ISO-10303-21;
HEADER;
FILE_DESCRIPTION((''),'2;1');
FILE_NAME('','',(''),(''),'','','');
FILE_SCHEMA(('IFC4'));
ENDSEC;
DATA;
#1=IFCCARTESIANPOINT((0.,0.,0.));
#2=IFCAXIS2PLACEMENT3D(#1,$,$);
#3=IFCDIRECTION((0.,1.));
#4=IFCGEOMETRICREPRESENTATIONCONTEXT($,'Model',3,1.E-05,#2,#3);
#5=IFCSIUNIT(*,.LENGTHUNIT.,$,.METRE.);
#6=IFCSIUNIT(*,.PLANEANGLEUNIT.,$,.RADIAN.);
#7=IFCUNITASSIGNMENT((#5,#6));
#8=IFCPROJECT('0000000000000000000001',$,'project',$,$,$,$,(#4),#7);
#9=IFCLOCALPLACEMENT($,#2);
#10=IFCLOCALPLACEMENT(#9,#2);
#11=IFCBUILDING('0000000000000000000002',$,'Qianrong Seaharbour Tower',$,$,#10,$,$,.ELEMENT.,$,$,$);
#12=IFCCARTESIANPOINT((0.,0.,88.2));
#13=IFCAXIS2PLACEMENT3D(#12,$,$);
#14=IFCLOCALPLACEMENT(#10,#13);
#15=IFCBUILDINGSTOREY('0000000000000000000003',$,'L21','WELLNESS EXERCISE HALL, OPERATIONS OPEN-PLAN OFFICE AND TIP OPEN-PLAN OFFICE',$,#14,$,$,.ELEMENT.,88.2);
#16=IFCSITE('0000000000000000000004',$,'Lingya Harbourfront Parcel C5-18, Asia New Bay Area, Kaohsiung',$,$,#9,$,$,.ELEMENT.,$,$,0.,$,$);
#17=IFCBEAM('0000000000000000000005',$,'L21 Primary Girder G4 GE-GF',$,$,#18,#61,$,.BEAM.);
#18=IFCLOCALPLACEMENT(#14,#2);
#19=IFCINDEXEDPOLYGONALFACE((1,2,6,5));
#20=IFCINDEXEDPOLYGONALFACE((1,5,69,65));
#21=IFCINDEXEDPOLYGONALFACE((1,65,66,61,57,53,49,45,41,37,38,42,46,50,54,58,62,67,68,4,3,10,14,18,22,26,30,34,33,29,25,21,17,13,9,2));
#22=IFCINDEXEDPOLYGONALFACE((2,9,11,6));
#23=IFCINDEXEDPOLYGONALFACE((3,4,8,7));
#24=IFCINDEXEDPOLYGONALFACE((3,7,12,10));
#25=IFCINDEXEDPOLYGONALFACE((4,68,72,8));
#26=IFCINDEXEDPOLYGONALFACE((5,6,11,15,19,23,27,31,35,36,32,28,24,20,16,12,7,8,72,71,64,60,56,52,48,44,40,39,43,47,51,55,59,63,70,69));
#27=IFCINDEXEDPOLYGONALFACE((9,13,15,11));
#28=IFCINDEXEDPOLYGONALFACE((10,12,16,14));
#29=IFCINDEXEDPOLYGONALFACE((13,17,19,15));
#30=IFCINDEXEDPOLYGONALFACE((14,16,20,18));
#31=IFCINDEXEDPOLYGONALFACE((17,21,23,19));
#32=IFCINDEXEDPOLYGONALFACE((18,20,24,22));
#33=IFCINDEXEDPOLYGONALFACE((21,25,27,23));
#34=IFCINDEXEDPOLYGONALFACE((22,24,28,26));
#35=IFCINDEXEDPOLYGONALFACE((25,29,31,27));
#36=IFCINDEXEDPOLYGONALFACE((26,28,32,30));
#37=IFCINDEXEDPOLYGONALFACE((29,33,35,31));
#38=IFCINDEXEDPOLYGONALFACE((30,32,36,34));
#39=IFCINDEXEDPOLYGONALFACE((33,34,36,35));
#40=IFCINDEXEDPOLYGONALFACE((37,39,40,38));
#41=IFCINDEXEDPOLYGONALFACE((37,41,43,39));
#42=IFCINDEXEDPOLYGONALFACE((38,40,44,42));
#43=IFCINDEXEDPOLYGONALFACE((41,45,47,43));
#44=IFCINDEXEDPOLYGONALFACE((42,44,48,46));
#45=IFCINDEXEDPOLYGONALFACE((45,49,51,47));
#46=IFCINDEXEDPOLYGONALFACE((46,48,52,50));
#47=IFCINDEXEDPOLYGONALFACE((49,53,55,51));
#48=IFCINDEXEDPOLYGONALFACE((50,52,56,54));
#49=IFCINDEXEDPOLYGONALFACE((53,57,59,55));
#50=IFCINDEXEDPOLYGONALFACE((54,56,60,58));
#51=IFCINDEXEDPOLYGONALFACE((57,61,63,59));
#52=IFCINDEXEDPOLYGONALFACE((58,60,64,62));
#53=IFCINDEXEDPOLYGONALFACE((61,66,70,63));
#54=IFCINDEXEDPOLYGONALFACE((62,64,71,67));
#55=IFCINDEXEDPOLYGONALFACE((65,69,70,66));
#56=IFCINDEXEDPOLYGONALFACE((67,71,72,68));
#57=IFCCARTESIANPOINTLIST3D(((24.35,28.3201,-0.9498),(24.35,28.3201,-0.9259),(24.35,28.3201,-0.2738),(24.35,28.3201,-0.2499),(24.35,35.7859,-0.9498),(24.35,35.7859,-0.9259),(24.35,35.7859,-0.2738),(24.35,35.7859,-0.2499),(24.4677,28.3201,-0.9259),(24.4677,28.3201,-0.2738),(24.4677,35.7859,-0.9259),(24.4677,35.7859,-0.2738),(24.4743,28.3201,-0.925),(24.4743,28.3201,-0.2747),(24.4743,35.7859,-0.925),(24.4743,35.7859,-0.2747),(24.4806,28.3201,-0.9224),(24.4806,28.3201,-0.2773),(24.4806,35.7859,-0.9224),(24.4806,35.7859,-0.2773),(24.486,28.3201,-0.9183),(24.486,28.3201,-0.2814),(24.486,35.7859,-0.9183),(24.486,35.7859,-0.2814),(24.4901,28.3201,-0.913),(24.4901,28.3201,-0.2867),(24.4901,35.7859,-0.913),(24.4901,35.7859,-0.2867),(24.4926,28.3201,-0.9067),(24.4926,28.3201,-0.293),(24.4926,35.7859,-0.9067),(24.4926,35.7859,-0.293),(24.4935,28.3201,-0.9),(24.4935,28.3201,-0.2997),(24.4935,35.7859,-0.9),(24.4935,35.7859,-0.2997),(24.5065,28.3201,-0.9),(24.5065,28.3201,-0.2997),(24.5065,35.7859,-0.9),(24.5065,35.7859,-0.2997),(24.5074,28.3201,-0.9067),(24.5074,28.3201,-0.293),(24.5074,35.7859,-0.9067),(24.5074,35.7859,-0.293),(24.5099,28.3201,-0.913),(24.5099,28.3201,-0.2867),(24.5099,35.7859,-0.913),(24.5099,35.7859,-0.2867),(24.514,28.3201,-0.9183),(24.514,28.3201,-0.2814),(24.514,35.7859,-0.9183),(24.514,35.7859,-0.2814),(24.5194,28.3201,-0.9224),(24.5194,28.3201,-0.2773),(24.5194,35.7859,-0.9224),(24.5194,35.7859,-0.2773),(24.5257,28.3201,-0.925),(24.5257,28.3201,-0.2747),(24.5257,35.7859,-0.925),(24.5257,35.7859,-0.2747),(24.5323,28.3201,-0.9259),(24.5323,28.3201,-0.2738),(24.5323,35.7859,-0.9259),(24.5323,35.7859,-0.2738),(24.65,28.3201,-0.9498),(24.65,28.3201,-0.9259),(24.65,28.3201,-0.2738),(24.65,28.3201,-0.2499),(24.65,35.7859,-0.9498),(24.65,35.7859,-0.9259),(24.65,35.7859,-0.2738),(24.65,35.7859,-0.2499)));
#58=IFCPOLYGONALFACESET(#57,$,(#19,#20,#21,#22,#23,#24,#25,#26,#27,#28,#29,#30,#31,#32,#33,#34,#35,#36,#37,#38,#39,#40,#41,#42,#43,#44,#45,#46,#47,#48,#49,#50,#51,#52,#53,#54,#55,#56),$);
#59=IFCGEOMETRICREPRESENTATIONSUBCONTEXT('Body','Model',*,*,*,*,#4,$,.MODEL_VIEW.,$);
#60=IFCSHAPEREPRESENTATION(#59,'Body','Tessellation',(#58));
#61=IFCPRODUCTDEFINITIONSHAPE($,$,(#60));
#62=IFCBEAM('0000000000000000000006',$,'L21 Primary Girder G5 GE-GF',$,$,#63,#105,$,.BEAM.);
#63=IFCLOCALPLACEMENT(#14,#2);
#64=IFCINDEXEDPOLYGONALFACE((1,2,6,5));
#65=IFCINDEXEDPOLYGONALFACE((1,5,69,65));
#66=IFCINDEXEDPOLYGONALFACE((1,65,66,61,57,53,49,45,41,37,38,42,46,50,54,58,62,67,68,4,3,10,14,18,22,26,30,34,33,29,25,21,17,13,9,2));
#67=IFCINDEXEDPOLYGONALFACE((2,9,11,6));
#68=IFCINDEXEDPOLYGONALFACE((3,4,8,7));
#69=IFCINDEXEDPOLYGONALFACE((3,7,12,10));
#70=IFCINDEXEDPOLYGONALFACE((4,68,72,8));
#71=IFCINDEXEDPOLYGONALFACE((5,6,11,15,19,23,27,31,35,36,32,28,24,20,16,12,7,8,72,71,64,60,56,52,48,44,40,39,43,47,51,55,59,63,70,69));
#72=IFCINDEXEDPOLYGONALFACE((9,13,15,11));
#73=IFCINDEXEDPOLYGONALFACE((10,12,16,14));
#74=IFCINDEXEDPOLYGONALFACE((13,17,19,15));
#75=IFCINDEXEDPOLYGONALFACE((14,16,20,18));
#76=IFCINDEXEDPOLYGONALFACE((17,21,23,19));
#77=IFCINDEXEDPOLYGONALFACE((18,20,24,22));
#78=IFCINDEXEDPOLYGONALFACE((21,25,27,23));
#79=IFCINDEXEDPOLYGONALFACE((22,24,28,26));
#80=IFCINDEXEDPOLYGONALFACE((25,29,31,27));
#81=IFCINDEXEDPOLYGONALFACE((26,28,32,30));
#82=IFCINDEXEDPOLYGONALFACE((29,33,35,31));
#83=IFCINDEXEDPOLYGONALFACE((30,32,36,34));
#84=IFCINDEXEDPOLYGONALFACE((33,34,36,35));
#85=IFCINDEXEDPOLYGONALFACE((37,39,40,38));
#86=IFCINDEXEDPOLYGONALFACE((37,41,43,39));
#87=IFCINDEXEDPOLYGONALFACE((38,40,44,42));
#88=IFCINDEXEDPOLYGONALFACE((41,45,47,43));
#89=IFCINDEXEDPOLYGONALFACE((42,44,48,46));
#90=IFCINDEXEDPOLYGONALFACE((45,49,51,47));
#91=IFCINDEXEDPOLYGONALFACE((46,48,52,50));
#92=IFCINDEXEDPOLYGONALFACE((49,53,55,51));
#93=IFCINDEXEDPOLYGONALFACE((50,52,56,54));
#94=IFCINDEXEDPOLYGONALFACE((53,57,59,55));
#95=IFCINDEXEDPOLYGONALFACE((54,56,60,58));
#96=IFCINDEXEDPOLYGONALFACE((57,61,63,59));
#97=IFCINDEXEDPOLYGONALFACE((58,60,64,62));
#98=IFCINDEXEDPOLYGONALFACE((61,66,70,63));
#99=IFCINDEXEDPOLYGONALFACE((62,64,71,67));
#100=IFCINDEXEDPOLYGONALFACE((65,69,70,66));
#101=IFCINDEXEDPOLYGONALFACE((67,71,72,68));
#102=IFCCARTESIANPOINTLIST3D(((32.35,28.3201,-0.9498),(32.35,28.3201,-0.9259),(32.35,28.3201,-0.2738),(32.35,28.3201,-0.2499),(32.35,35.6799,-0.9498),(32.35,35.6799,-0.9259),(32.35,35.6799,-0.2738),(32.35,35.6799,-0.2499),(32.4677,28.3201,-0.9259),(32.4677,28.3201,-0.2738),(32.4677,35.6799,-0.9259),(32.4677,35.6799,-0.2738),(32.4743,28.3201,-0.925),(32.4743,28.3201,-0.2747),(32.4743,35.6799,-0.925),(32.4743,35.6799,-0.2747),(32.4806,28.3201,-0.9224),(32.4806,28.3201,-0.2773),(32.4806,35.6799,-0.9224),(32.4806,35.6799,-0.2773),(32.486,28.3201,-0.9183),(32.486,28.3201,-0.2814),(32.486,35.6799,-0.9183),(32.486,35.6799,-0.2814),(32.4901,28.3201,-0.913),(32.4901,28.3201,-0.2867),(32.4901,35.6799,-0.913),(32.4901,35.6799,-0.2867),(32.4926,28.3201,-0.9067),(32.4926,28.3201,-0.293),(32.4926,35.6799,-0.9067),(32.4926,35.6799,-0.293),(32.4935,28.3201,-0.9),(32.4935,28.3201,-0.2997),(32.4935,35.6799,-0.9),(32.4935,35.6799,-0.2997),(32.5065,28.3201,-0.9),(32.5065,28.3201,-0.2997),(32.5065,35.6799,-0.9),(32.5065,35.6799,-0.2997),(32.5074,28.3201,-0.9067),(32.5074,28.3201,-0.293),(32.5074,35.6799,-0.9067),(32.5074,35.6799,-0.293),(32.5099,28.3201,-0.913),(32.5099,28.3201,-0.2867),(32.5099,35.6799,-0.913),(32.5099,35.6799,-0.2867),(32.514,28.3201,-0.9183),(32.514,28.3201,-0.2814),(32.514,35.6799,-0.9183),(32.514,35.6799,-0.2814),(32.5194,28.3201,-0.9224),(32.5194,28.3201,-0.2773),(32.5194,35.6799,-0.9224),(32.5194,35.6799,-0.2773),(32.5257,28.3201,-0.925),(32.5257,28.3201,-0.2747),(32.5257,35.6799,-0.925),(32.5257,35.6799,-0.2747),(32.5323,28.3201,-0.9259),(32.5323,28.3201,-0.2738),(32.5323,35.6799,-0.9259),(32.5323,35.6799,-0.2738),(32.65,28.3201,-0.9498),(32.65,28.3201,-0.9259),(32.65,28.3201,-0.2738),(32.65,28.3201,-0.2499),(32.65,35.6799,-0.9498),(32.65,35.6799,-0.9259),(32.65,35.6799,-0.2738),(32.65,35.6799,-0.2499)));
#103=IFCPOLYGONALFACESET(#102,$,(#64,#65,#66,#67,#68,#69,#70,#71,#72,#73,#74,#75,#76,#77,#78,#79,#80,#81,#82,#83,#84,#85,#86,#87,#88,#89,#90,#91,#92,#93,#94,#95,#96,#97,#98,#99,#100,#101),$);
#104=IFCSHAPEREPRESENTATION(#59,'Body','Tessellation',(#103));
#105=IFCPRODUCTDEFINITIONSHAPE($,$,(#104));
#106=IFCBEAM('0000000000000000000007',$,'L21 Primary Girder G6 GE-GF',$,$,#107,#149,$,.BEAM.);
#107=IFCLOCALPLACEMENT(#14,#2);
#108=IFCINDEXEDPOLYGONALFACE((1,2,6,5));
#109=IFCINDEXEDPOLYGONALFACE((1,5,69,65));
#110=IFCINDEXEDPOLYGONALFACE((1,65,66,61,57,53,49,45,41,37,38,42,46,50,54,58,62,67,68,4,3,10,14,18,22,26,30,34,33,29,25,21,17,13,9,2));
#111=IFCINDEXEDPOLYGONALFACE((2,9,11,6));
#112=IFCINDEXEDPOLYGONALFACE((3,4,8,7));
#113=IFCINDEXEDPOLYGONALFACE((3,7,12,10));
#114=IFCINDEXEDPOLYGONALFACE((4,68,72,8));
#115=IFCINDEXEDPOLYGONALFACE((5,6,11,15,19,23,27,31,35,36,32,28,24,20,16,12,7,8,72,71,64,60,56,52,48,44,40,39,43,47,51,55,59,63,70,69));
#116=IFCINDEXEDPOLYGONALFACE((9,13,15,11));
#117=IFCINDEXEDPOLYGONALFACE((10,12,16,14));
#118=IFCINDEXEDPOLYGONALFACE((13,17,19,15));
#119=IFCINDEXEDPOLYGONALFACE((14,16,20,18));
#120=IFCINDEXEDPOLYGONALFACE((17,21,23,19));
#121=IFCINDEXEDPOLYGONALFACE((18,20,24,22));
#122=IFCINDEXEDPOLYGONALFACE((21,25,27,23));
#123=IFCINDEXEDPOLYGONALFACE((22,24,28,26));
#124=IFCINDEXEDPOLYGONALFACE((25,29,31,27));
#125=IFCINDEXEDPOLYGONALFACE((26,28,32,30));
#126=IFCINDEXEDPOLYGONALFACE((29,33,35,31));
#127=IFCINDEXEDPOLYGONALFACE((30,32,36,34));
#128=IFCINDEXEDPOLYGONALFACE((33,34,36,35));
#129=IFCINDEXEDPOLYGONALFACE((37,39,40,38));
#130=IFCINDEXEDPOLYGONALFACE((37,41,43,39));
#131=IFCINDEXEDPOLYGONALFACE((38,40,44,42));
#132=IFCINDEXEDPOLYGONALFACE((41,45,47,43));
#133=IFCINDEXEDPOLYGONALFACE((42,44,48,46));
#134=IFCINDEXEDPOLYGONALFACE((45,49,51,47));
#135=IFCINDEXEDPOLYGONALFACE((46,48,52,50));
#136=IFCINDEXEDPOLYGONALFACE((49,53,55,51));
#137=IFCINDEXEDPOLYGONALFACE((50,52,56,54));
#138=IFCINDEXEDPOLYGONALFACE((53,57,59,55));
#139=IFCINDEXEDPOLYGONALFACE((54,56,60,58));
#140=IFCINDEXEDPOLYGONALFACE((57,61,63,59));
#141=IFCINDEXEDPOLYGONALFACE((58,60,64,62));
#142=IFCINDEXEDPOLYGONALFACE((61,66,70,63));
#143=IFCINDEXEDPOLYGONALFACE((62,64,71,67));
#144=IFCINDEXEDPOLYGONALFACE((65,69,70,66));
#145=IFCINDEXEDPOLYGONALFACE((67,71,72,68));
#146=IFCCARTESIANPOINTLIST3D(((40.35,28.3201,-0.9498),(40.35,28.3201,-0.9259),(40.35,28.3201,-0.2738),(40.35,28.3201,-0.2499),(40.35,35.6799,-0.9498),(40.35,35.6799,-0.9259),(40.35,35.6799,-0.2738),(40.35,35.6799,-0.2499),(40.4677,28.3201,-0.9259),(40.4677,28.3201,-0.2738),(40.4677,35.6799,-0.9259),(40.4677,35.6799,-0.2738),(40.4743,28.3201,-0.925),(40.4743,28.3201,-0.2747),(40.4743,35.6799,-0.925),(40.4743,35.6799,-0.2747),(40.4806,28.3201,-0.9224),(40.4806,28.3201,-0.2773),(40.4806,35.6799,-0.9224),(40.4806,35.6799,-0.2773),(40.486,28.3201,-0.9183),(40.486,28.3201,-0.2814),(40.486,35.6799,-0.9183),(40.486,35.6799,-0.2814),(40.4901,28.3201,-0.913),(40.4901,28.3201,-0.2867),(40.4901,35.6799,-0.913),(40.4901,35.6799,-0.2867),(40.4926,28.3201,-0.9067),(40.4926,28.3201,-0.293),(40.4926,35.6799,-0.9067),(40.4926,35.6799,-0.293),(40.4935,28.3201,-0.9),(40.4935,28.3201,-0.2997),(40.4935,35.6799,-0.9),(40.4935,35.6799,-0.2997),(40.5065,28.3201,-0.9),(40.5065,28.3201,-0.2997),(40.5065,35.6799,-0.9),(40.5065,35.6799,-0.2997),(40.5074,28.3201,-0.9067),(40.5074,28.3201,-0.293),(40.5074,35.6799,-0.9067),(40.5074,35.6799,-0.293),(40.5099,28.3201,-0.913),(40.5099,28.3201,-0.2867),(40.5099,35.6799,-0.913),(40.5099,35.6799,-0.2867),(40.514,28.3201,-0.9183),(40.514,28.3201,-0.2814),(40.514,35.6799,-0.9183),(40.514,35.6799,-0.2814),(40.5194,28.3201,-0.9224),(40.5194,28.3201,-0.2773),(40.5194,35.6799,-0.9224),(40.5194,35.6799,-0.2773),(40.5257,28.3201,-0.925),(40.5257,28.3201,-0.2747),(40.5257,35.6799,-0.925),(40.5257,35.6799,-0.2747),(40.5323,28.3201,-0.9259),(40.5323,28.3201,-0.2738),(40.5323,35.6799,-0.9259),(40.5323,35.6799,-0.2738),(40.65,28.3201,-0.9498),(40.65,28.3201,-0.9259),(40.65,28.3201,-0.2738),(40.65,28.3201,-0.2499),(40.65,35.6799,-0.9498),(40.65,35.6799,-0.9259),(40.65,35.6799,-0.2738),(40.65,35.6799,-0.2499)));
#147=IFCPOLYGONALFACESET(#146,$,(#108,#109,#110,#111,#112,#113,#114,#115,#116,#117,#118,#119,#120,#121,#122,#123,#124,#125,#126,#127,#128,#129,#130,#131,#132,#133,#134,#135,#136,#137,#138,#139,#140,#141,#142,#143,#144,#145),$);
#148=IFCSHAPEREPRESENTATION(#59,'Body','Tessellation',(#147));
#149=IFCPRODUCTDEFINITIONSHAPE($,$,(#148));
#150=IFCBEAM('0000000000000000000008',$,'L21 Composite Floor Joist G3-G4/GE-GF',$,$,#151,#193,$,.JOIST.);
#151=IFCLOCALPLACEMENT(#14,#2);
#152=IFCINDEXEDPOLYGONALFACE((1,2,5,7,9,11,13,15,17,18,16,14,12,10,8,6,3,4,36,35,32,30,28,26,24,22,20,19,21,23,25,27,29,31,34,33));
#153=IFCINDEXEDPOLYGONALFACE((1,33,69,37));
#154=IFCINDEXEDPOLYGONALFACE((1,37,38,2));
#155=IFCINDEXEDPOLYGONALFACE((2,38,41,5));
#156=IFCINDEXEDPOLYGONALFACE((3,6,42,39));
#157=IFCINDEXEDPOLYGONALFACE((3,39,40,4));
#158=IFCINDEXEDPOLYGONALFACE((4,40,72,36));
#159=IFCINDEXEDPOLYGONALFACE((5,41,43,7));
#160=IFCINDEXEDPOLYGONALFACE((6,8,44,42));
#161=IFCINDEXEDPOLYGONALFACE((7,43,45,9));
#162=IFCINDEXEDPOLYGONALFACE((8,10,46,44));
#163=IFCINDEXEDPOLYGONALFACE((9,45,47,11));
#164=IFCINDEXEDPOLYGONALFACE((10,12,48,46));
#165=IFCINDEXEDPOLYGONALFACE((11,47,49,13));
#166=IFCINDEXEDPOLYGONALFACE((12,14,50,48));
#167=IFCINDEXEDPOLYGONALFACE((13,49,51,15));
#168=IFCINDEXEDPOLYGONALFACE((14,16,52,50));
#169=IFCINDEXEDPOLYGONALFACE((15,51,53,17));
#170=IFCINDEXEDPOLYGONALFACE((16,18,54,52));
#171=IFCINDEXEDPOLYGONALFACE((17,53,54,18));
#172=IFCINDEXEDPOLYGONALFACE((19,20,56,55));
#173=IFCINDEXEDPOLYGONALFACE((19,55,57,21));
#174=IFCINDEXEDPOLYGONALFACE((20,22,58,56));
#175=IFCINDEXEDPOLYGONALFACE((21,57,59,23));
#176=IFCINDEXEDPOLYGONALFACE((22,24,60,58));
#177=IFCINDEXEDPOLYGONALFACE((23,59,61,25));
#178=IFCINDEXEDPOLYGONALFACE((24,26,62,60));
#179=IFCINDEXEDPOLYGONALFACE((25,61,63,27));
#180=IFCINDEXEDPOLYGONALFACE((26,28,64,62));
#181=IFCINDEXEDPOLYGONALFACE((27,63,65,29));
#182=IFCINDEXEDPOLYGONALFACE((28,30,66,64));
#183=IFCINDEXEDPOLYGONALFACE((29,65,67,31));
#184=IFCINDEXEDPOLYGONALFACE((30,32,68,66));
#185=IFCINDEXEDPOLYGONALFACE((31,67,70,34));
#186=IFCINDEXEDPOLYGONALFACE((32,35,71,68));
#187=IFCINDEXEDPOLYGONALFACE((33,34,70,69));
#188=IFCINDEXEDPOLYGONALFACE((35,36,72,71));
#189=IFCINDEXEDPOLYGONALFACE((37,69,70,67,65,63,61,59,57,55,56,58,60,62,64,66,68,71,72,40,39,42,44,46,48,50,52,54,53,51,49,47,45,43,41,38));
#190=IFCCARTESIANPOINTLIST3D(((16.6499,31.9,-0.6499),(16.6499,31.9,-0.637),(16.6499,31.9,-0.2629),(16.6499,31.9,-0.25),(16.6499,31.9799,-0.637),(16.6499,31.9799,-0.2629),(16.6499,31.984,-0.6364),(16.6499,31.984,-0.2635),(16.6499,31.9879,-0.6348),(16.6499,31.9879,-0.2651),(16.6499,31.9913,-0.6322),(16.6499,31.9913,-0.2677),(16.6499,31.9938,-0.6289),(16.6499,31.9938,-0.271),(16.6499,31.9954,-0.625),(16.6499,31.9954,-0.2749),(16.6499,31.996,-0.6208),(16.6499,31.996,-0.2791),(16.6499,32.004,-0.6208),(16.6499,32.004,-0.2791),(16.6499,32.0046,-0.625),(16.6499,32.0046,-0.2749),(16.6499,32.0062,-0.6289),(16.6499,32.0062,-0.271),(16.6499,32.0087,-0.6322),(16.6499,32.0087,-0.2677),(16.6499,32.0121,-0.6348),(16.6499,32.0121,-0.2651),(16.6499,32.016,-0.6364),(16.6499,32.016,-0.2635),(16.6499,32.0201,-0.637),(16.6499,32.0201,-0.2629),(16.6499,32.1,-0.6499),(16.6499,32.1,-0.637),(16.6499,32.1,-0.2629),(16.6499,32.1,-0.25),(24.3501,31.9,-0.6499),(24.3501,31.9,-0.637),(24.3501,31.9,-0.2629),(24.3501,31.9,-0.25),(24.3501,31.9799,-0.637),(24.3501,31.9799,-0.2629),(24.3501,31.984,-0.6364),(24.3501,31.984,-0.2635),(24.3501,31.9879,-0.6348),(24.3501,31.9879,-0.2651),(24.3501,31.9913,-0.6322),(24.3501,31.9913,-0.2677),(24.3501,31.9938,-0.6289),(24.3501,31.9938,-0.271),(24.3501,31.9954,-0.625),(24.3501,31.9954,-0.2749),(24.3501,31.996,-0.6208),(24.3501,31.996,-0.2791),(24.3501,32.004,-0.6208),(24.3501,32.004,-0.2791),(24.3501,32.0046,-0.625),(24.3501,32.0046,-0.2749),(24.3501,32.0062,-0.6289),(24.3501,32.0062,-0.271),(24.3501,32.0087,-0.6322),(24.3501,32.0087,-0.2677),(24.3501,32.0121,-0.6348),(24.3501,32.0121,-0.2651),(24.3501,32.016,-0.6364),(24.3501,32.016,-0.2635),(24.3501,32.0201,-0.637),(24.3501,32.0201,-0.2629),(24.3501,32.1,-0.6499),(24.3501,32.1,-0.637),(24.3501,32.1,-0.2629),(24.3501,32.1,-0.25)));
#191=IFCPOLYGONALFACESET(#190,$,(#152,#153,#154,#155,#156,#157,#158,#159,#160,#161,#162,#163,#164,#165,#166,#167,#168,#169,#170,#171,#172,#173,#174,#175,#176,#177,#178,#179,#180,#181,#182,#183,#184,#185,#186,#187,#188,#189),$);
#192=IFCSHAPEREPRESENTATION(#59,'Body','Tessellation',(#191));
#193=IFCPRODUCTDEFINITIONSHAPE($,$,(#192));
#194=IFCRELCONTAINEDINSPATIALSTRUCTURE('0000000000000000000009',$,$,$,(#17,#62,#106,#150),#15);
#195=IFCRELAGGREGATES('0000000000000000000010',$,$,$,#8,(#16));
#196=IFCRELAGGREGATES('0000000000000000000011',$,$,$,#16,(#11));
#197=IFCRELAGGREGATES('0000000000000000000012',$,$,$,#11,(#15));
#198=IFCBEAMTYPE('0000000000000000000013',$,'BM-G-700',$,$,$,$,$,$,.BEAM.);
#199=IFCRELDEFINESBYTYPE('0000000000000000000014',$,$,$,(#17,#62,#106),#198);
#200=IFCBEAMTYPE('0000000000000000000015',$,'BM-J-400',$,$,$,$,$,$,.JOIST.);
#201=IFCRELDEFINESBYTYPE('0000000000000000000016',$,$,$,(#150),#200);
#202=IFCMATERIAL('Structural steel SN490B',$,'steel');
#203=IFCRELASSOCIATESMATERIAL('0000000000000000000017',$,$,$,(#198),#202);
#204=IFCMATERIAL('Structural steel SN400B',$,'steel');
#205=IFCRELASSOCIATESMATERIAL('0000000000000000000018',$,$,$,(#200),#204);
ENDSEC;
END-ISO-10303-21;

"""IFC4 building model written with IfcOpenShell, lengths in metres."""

from ifc_helpers import new_model, si_unit, direction, frame, origin, origin_2d, place, context, subcontext, project, spatial, i_section, extrude, material, material_profile, profile_set, type_object, element, save


model = new_model("IFC4")

# Units and contexts
model_context = context("Model", 3, precision=1e-05, world=origin(), true_north=direction((0.0, 1.0)))
body_context = subcontext(model_context, "Body", "Model", "MODEL_VIEW")
ifc_project = project(units=[si_unit("LENGTHUNIT", "METRE"), si_unit("PLANEANGLEUNIT", "RADIAN")], contexts=[model_context])

# Site, building, storey
site_placement = place(None, origin())
site = spatial("IfcSite", under=ifc_project, at=site_placement, Name="Lingya Harbourfront Parcel C5-18, Asia New Bay Area, Kaohsiung", CompositionType="ELEMENT", RefElevation=0.0)
building_placement = place(site_placement, origin())
building = spatial("IfcBuilding", under=site, at=building_placement, Name="Qianrong Seaharbour Tower", CompositionType="ELEMENT")
storey_placement = place(building_placement, frame((0.0, 0.0, 88.2)))
storey = spatial("IfcBuildingStorey", under=building, at=storey_placement, Name="L21", Description="WELLNESS EXERCISE HALL, OPERATIONS OPEN-PLAN OFFICE AND TIP OPEN-PLAN OFFICE", CompositionType="ELEMENT", Elevation=88.2)

# Shared definitions
ifc_material_1 = material(Name="Structural steel SN490B", Category="steel")

# Beams
ifc_material_profile_1 = material_profile(ifc_material_1, i_section(OverallWidth=0.3, OverallDepth=0.7, WebThickness=0.0129, FlangeThickness=0.0239, FilletRadius=0.0259, at=origin_2d()), Name="H700x300x13x24")
ifc_profile_set_1 = profile_set([ifc_material_profile_1], Name="Structural steel SN490B")
beam_type_1 = type_object("IfcBeamType", Name="BM-G-700", PredefinedType="BEAM", material=ifc_profile_set_1)
beam_1_placement = place(storey_placement, frame((24.5, 28.3201, -0.5999), z_axis=(0.0, 1.0, 0.0), x_axis=(-1.0, 0.0, 0.0)))
element("IfcBeam", 1, at=beam_1_placement, inside=storey, type_object=beam_type_1, Name="L21 Primary Girder G4 GE-GF", PredefinedType="BEAM", context=body_context, shape_type="SweptSolid", body=[
    extrude(i_section(OverallWidth=0.3, OverallDepth=0.7, WebThickness=0.0129, FlangeThickness=0.0239, FilletRadius=0.0259, at=origin_2d()), origin(), (0.0, 0.0, 1.0), 7.4658),
])
for number, where, z_axis, x_axis, name in (
    (2, (32.5, 28.3201, -0.5999), (0.0, 1.0, 0.0), (-1.0, 0.0, 0.0), "L21 Primary Girder G5 GE-GF"),
    (3, (40.5, 28.3201, -0.5999), (0.0, 1.0, 0.0), (-1.0, 0.0, 0.0), "L21 Primary Girder G6 GE-GF"),
):
    element("IfcBeam", number, at=place(storey_placement, frame(where, z_axis=z_axis, x_axis=x_axis)), inside=storey, type_object=beam_type_1, Name=name, PredefinedType="BEAM", context=body_context, shape_type="SweptSolid", body=[
        extrude(i_section(OverallWidth=0.3, OverallDepth=0.7, WebThickness=0.0129, FlangeThickness=0.0239, FilletRadius=0.0259, at=origin_2d()), origin(), (0.0, 0.0, 1.0), 7.3599),
    ])
ifc_material_2 = material(Name="Structural steel SN400B", Category="steel")
ifc_material_profile_2 = material_profile(ifc_material_2, i_section(OverallWidth=0.2, OverallDepth=0.3999, WebThickness=0.0081, FlangeThickness=0.0129, FilletRadius=0.0161, at=origin_2d()), Name="H400x200x8x13")
ifc_profile_set_2 = profile_set([ifc_material_profile_2], Name="Structural steel SN400B")
beam_type_2 = type_object("IfcBeamType", Name="BM-J-400", PredefinedType="JOIST", material=ifc_profile_set_2)
for number, where, z_axis, x_axis, name in (
    (4, (16.6499, 32.0, -0.45), (1.0, 0.0, 0.0), (0.0, 1.0, 0.0), "L21 Composite Floor Joist G3-G4/GE-GF"),
):
    element("IfcBeam", number, at=place(storey_placement, frame(where, z_axis=z_axis, x_axis=x_axis)), inside=storey, type_object=beam_type_2, Name=name, PredefinedType="JOIST", context=body_context, shape_type="SweptSolid", body=[
        extrude(i_section(OverallWidth=0.2, OverallDepth=0.3999, WebThickness=0.0081, FlangeThickness=0.0129, FilletRadius=0.0161, at=origin_2d()), origin(), (0.0, 0.0, 1.0), 7.7002),
    ])

save(model, "model.ifc")
